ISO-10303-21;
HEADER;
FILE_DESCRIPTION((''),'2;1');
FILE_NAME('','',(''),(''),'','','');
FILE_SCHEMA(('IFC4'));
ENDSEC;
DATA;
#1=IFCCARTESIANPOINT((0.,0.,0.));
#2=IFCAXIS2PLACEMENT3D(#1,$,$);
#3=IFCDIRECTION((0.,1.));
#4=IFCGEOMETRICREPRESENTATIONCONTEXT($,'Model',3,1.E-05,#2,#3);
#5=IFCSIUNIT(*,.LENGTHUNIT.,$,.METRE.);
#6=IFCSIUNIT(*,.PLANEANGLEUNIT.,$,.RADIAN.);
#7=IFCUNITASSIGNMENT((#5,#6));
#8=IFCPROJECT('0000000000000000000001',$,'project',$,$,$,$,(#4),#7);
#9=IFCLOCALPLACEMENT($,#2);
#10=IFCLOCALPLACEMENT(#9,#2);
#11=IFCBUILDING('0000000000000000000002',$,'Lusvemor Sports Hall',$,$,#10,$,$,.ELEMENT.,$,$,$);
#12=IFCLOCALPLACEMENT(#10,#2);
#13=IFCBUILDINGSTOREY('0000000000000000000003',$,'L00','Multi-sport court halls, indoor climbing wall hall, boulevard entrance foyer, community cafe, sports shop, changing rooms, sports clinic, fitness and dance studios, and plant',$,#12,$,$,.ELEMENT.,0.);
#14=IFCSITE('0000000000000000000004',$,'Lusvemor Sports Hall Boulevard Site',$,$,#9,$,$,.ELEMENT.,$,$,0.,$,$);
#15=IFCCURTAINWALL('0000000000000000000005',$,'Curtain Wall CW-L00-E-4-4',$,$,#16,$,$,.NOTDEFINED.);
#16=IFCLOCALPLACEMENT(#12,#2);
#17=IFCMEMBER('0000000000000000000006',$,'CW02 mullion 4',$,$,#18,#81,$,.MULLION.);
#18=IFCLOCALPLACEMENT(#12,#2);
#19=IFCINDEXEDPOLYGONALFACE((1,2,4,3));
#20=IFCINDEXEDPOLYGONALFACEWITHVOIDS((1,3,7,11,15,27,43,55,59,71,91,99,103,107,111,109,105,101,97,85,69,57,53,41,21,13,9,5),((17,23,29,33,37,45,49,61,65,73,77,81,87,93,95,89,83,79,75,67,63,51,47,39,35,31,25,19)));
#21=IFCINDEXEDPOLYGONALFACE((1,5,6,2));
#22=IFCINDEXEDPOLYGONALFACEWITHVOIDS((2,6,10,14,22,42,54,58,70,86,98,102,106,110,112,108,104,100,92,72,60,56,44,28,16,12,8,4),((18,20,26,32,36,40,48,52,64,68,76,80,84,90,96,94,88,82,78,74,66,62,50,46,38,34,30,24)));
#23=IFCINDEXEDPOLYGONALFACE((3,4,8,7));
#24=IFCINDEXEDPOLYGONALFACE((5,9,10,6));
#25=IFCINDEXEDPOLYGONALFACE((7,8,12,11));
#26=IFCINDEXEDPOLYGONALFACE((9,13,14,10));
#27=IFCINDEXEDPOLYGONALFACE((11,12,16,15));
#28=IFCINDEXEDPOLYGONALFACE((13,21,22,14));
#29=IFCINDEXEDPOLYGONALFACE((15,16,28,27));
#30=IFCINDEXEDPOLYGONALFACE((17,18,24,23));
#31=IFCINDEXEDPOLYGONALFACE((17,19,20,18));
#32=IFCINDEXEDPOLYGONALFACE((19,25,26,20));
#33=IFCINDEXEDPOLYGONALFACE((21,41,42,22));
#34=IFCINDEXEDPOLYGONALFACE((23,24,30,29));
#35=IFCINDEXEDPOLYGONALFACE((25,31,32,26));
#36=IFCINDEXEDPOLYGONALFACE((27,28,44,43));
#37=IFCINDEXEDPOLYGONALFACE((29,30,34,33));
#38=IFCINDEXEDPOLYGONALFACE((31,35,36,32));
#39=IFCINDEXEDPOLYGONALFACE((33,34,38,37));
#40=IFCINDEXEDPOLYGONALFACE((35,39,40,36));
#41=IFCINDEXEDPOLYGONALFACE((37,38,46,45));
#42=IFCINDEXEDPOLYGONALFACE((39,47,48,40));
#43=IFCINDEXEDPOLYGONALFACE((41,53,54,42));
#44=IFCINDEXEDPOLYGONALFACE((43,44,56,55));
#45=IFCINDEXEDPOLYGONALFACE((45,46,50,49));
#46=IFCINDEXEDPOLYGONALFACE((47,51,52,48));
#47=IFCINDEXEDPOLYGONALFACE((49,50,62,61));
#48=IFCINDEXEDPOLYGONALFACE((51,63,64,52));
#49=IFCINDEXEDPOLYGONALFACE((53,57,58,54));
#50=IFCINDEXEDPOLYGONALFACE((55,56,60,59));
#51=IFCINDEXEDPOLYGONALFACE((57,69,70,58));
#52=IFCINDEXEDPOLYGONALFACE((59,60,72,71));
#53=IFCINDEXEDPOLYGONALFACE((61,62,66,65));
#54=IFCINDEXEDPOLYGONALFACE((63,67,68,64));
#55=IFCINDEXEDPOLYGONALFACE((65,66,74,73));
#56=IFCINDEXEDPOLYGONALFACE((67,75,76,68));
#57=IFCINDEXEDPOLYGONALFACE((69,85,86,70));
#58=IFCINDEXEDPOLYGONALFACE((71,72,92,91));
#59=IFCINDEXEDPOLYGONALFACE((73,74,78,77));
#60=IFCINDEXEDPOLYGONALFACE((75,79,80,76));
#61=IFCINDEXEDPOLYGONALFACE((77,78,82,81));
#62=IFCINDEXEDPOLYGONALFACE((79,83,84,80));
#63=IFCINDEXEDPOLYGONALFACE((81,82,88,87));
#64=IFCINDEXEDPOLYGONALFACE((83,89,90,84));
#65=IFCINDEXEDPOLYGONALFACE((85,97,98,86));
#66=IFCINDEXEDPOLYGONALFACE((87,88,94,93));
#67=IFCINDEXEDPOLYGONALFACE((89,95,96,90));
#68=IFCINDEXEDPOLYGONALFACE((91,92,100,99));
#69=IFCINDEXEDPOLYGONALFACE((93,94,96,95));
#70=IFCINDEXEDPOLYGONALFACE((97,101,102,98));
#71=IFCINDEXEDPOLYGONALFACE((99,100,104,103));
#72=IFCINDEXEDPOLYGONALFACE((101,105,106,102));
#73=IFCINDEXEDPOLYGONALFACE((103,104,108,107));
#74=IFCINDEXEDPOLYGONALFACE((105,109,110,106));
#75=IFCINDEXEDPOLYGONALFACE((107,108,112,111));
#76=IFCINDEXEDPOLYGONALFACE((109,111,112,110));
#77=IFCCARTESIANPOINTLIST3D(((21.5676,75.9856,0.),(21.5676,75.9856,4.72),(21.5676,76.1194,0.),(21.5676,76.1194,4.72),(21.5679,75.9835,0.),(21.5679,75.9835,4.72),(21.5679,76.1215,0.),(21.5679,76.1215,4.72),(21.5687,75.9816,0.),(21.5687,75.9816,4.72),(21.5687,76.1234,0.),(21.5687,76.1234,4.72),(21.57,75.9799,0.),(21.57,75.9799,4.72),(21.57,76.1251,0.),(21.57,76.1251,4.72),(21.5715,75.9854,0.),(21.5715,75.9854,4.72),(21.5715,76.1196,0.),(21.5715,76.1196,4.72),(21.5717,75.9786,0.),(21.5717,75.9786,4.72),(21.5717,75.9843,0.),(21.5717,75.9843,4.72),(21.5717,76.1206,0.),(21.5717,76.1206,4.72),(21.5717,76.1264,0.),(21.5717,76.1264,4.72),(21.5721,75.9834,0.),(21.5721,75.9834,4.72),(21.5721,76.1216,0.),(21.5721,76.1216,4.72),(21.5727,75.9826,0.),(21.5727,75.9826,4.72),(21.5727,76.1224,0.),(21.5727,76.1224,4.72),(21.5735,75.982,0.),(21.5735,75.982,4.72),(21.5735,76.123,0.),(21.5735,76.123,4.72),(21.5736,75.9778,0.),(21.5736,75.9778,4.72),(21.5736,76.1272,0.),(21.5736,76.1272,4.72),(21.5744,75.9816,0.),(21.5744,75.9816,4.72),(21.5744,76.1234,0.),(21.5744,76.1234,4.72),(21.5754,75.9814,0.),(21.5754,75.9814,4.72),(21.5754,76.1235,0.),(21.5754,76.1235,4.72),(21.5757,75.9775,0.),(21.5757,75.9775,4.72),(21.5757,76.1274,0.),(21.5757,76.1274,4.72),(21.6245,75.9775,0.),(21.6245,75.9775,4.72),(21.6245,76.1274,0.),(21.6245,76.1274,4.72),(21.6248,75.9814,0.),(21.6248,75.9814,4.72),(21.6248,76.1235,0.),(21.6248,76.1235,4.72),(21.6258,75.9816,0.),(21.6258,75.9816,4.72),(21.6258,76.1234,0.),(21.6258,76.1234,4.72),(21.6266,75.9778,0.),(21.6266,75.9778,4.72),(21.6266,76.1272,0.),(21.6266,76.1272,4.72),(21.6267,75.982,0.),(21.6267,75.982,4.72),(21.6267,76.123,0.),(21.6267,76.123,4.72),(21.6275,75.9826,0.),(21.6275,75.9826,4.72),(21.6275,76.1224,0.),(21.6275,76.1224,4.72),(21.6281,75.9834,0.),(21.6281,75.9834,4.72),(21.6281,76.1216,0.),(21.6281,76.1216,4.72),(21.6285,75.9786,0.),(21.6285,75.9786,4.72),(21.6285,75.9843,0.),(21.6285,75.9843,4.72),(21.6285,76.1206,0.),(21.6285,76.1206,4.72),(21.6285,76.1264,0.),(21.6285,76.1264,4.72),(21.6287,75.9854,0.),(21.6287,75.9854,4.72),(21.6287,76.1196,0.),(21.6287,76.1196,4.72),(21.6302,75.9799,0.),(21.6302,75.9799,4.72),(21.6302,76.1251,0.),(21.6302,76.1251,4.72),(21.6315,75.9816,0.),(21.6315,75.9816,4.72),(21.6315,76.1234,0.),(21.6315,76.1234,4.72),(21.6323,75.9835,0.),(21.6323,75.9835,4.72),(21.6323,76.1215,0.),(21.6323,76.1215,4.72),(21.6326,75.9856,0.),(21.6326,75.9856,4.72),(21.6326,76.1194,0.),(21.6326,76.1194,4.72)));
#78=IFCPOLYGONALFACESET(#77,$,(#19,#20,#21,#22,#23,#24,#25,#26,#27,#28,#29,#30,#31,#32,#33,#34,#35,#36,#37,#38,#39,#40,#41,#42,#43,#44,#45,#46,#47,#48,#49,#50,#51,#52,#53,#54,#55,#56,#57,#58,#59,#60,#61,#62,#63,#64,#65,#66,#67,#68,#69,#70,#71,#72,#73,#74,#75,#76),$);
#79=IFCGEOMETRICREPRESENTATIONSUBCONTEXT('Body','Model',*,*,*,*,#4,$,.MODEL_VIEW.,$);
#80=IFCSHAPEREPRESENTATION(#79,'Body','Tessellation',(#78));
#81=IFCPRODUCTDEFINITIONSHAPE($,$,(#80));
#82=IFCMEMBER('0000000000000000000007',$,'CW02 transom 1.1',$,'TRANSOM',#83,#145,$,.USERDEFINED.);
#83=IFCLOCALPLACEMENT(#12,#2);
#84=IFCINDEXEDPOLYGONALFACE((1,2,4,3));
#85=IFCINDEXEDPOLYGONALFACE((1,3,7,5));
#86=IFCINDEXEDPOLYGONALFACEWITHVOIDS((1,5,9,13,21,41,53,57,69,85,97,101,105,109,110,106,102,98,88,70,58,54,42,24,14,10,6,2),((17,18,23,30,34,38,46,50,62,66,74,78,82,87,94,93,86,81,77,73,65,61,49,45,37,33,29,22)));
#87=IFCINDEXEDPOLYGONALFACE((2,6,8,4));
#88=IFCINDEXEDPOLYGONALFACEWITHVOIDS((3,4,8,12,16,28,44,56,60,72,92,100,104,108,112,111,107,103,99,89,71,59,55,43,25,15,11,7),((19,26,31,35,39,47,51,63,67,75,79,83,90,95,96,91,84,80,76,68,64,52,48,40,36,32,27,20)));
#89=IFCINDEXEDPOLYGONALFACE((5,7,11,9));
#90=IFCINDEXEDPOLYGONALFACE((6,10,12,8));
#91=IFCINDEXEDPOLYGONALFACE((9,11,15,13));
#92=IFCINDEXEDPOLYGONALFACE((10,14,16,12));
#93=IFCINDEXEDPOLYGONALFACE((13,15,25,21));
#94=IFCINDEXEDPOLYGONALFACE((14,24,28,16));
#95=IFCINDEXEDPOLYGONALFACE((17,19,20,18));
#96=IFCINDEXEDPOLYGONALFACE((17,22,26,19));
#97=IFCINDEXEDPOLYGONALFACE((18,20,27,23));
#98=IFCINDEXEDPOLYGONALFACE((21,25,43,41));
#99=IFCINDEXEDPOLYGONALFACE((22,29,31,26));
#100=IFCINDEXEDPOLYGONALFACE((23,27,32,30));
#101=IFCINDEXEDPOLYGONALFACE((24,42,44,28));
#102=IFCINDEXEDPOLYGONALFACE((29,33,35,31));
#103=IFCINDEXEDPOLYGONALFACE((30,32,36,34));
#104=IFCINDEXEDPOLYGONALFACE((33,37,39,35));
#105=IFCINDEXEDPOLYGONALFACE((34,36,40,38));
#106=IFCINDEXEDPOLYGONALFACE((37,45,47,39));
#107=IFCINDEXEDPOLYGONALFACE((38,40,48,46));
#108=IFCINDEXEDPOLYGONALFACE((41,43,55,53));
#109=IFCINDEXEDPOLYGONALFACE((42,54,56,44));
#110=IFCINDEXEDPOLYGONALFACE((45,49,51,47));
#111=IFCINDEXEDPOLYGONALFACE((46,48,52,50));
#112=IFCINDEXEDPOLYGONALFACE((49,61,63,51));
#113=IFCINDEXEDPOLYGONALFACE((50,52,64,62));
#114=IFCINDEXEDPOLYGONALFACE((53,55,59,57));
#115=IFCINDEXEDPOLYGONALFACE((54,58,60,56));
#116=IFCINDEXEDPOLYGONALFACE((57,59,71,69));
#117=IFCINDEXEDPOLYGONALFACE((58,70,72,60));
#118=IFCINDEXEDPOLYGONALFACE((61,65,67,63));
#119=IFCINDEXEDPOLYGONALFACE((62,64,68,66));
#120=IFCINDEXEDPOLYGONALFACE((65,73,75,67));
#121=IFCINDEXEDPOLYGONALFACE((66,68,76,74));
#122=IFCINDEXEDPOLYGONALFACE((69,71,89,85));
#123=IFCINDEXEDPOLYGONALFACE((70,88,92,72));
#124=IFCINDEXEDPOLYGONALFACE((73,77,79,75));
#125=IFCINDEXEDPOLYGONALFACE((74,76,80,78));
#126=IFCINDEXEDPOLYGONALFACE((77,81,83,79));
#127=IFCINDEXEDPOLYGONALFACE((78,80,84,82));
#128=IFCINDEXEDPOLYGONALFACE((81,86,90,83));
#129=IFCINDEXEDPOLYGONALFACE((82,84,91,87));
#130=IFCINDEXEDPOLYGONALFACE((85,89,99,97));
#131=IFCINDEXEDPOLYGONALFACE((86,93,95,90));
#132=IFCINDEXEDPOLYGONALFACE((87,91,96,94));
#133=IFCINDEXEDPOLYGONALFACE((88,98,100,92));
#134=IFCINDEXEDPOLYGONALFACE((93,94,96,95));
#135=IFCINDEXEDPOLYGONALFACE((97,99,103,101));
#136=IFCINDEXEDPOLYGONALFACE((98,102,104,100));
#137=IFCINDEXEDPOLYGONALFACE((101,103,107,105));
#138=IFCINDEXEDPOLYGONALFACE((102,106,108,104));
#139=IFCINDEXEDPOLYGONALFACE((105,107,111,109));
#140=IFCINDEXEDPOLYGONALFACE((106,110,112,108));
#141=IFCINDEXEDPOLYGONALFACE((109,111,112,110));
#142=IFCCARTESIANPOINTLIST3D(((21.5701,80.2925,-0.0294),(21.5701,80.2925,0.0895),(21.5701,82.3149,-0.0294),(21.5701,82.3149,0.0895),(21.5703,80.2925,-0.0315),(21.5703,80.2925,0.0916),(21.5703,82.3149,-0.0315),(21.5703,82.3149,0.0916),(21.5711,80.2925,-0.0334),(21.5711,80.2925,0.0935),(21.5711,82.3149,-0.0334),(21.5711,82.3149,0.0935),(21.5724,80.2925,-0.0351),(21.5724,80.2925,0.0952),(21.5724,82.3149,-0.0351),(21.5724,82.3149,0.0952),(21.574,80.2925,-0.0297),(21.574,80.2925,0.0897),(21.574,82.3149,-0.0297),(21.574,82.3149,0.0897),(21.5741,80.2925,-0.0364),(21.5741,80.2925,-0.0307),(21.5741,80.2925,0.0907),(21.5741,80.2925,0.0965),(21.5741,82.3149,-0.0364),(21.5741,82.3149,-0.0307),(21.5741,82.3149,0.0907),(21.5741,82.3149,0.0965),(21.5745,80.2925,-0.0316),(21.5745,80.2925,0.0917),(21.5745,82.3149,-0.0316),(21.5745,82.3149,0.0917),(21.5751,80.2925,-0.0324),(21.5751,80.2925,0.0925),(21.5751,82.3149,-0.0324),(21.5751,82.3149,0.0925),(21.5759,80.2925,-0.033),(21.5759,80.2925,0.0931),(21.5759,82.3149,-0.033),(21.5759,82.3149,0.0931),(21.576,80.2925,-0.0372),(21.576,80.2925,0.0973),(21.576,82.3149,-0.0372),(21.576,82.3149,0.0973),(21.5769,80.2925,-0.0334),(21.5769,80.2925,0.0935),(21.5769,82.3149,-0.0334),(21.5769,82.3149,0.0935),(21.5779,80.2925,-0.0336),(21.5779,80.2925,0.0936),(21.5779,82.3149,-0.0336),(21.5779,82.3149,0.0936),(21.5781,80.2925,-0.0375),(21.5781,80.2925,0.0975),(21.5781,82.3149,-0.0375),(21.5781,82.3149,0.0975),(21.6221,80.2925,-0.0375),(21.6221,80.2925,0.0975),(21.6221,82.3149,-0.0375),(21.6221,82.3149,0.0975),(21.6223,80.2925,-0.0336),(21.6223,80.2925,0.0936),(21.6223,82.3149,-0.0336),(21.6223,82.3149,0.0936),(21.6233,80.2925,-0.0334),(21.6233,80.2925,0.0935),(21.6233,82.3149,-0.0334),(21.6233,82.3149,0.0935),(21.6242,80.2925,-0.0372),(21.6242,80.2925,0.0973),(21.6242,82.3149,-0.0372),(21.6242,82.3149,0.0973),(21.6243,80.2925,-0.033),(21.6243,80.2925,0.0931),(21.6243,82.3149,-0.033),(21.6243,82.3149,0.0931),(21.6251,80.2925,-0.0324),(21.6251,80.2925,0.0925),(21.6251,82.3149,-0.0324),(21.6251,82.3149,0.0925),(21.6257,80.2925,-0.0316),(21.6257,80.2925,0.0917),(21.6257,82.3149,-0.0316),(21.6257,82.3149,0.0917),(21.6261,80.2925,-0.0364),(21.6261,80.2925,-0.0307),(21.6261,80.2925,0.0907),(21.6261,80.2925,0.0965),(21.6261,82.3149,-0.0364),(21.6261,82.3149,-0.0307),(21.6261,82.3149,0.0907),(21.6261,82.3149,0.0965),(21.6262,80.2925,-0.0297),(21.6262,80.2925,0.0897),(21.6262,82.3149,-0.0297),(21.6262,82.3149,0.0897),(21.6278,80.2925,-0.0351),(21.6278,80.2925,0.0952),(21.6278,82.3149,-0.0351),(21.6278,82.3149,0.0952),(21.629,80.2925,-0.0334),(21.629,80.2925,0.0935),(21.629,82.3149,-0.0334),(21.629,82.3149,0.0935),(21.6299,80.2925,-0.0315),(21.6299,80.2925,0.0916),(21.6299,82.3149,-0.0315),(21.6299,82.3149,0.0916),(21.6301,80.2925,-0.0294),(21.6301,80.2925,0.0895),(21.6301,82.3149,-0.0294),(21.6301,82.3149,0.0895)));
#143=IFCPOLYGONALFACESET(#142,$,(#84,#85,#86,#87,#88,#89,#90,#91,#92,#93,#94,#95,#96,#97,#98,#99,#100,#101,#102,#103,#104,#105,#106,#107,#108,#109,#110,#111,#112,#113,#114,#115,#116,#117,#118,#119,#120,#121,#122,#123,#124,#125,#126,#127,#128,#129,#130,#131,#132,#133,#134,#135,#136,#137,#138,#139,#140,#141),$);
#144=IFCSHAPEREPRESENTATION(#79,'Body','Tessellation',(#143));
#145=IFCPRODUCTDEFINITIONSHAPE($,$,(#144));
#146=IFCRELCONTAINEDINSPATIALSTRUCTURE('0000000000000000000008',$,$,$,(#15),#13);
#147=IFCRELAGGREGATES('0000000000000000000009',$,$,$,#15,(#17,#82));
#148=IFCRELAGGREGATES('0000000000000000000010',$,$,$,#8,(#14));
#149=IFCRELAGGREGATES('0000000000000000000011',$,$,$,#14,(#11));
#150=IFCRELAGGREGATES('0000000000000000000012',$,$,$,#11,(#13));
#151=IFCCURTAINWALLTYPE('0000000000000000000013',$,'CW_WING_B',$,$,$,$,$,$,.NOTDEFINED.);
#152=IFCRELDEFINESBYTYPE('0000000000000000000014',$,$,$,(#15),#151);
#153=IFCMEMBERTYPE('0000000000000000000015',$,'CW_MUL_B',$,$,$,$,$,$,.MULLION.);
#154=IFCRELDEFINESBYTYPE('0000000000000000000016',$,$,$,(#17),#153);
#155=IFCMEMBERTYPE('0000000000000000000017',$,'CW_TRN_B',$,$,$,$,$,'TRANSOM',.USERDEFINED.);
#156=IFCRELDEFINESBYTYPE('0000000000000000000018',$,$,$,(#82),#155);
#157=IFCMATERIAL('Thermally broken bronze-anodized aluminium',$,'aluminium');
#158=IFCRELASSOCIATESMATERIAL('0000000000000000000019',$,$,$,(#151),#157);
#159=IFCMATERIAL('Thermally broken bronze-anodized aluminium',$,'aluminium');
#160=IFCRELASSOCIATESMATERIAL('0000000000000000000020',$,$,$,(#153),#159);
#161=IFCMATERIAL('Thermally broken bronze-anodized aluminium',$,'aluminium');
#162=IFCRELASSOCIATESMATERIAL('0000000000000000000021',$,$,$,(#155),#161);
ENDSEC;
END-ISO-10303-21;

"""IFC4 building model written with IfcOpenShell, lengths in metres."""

from ifc_helpers import new_model, si_unit, direction, frame, origin, origin_2d, place, context, subcontext, project, spatial, hollow_rectangle, extrude, material, material_profile, profile_set, type_object, element, aggregate, save


model = new_model("IFC4")

# Units and contexts
model_context = context("Model", 3, precision=1e-05, world=origin(), true_north=direction((0.0, 1.0)))
body_context = subcontext(model_context, "Body", "Model", "MODEL_VIEW")
ifc_project = project(units=[si_unit("LENGTHUNIT", "METRE"), si_unit("PLANEANGLEUNIT", "RADIAN")], contexts=[model_context])

# Site, building, storey
site_placement = place(None, origin())
site = spatial("IfcSite", under=ifc_project, at=site_placement, Name="Lusvemor Sports Hall Boulevard Site", CompositionType="ELEMENT", RefElevation=0.0)
building_placement = place(site_placement, origin())
building = spatial("IfcBuilding", under=site, at=building_placement, Name="Lusvemor Sports Hall", CompositionType="ELEMENT")
storey_placement = place(building_placement, origin())
storey = spatial("IfcBuildingStorey", under=building, at=storey_placement, Name="L00", Description="Multi-sport court halls, indoor climbing wall hall, boulevard entrance foyer, community cafe, sports shop, changing rooms, sports clinic, fitness and dance studios, and plant", CompositionType="ELEMENT", Elevation=0.0)

# Curtain wall, members
ifc_material_1 = material(Name="Thermally broken bronze-anodized aluminium", Category="aluminium")
curtain_wall_type = type_object("IfcCurtainWallType", Name="CW_WING_B", PredefinedType="NOTDEFINED", material=ifc_material_1)
curtain_wall_placement = place(storey_placement, origin())
curtain_wall = element("IfcCurtainWall", 1, at=curtain_wall_placement, inside=storey, type_object=curtain_wall_type, Name="Curtain Wall CW-L00-E-4-4", PredefinedType="NOTDEFINED")
ifc_material_2 = material(Name="Thermally broken bronze-anodized aluminium", Category="aluminium")
ifc_material_profile_1 = material_profile(ifc_material_2, hollow_rectangle(XDim=0.0649, YDim=0.1499, WallThickness=0.0039, InnerFilletRadius=0.0039, OuterFilletRadius=0.0081, at=origin_2d()), Name="CWMUL150x65x4")
ifc_profile_set_1 = profile_set([ifc_material_profile_1], Name="Thermally broken bronze-anodized aluminium")
member_type_1 = type_object("IfcMemberType", Name="CW_MUL_B", PredefinedType="MULLION", material=ifc_profile_set_1)
member_1_placement = place(storey_placement, frame((21.6001, 76.0525, 0.0), z_axis=(0.0, 0.0, 1.0), x_axis=(1.0, 0.0, 0.0)))
member_1 = element("IfcMember", 2, at=member_1_placement, type_object=member_type_1, Name="CW02 mullion 4", PredefinedType="MULLION", context=body_context, shape_type="SweptSolid", body=[
    extrude(hollow_rectangle(XDim=0.0649, YDim=0.1499, WallThickness=0.0039, InnerFilletRadius=0.0039, OuterFilletRadius=0.0081, at=origin_2d()), origin(), (0.0, 0.0, 1.0), 4.72),
])
ifc_material_3 = material(Name="Thermally broken bronze-anodized aluminium", Category="aluminium")
ifc_material_profile_2 = material_profile(ifc_material_3, hollow_rectangle(XDim=0.0601, YDim=0.135, WallThickness=0.0039, InnerFilletRadius=0.0039, OuterFilletRadius=0.0081, at=origin_2d()), Name="CWTRN135x60x4")
ifc_profile_set_2 = profile_set([ifc_material_profile_2], Name="Thermally broken bronze-anodized aluminium")
member_type_2 = type_object("IfcMemberType", Name="CW_TRN_B", ElementType="TRANSOM", PredefinedType="USERDEFINED", material=ifc_profile_set_2)
member_2_placement = place(storey_placement, frame((21.6001, 82.3149, 0.03), z_axis=(0.0, -1.0, 0.0), x_axis=(1.0, 0.0, 0.0)))
member_2 = element("IfcMember", 3, at=member_2_placement, type_object=member_type_2, Name="CW02 transom 1.1", ObjectType="TRANSOM", PredefinedType="USERDEFINED", context=body_context, shape_type="SweptSolid", body=[
    extrude(hollow_rectangle(XDim=0.0601, YDim=0.135, WallThickness=0.0039, InnerFilletRadius=0.0039, OuterFilletRadius=0.0081, at=origin_2d()), origin(), (0.0, 0.0, 1.0), 2.0225),
])
aggregate(curtain_wall, [member_1, member_2])

save(model, "model.ifc")
